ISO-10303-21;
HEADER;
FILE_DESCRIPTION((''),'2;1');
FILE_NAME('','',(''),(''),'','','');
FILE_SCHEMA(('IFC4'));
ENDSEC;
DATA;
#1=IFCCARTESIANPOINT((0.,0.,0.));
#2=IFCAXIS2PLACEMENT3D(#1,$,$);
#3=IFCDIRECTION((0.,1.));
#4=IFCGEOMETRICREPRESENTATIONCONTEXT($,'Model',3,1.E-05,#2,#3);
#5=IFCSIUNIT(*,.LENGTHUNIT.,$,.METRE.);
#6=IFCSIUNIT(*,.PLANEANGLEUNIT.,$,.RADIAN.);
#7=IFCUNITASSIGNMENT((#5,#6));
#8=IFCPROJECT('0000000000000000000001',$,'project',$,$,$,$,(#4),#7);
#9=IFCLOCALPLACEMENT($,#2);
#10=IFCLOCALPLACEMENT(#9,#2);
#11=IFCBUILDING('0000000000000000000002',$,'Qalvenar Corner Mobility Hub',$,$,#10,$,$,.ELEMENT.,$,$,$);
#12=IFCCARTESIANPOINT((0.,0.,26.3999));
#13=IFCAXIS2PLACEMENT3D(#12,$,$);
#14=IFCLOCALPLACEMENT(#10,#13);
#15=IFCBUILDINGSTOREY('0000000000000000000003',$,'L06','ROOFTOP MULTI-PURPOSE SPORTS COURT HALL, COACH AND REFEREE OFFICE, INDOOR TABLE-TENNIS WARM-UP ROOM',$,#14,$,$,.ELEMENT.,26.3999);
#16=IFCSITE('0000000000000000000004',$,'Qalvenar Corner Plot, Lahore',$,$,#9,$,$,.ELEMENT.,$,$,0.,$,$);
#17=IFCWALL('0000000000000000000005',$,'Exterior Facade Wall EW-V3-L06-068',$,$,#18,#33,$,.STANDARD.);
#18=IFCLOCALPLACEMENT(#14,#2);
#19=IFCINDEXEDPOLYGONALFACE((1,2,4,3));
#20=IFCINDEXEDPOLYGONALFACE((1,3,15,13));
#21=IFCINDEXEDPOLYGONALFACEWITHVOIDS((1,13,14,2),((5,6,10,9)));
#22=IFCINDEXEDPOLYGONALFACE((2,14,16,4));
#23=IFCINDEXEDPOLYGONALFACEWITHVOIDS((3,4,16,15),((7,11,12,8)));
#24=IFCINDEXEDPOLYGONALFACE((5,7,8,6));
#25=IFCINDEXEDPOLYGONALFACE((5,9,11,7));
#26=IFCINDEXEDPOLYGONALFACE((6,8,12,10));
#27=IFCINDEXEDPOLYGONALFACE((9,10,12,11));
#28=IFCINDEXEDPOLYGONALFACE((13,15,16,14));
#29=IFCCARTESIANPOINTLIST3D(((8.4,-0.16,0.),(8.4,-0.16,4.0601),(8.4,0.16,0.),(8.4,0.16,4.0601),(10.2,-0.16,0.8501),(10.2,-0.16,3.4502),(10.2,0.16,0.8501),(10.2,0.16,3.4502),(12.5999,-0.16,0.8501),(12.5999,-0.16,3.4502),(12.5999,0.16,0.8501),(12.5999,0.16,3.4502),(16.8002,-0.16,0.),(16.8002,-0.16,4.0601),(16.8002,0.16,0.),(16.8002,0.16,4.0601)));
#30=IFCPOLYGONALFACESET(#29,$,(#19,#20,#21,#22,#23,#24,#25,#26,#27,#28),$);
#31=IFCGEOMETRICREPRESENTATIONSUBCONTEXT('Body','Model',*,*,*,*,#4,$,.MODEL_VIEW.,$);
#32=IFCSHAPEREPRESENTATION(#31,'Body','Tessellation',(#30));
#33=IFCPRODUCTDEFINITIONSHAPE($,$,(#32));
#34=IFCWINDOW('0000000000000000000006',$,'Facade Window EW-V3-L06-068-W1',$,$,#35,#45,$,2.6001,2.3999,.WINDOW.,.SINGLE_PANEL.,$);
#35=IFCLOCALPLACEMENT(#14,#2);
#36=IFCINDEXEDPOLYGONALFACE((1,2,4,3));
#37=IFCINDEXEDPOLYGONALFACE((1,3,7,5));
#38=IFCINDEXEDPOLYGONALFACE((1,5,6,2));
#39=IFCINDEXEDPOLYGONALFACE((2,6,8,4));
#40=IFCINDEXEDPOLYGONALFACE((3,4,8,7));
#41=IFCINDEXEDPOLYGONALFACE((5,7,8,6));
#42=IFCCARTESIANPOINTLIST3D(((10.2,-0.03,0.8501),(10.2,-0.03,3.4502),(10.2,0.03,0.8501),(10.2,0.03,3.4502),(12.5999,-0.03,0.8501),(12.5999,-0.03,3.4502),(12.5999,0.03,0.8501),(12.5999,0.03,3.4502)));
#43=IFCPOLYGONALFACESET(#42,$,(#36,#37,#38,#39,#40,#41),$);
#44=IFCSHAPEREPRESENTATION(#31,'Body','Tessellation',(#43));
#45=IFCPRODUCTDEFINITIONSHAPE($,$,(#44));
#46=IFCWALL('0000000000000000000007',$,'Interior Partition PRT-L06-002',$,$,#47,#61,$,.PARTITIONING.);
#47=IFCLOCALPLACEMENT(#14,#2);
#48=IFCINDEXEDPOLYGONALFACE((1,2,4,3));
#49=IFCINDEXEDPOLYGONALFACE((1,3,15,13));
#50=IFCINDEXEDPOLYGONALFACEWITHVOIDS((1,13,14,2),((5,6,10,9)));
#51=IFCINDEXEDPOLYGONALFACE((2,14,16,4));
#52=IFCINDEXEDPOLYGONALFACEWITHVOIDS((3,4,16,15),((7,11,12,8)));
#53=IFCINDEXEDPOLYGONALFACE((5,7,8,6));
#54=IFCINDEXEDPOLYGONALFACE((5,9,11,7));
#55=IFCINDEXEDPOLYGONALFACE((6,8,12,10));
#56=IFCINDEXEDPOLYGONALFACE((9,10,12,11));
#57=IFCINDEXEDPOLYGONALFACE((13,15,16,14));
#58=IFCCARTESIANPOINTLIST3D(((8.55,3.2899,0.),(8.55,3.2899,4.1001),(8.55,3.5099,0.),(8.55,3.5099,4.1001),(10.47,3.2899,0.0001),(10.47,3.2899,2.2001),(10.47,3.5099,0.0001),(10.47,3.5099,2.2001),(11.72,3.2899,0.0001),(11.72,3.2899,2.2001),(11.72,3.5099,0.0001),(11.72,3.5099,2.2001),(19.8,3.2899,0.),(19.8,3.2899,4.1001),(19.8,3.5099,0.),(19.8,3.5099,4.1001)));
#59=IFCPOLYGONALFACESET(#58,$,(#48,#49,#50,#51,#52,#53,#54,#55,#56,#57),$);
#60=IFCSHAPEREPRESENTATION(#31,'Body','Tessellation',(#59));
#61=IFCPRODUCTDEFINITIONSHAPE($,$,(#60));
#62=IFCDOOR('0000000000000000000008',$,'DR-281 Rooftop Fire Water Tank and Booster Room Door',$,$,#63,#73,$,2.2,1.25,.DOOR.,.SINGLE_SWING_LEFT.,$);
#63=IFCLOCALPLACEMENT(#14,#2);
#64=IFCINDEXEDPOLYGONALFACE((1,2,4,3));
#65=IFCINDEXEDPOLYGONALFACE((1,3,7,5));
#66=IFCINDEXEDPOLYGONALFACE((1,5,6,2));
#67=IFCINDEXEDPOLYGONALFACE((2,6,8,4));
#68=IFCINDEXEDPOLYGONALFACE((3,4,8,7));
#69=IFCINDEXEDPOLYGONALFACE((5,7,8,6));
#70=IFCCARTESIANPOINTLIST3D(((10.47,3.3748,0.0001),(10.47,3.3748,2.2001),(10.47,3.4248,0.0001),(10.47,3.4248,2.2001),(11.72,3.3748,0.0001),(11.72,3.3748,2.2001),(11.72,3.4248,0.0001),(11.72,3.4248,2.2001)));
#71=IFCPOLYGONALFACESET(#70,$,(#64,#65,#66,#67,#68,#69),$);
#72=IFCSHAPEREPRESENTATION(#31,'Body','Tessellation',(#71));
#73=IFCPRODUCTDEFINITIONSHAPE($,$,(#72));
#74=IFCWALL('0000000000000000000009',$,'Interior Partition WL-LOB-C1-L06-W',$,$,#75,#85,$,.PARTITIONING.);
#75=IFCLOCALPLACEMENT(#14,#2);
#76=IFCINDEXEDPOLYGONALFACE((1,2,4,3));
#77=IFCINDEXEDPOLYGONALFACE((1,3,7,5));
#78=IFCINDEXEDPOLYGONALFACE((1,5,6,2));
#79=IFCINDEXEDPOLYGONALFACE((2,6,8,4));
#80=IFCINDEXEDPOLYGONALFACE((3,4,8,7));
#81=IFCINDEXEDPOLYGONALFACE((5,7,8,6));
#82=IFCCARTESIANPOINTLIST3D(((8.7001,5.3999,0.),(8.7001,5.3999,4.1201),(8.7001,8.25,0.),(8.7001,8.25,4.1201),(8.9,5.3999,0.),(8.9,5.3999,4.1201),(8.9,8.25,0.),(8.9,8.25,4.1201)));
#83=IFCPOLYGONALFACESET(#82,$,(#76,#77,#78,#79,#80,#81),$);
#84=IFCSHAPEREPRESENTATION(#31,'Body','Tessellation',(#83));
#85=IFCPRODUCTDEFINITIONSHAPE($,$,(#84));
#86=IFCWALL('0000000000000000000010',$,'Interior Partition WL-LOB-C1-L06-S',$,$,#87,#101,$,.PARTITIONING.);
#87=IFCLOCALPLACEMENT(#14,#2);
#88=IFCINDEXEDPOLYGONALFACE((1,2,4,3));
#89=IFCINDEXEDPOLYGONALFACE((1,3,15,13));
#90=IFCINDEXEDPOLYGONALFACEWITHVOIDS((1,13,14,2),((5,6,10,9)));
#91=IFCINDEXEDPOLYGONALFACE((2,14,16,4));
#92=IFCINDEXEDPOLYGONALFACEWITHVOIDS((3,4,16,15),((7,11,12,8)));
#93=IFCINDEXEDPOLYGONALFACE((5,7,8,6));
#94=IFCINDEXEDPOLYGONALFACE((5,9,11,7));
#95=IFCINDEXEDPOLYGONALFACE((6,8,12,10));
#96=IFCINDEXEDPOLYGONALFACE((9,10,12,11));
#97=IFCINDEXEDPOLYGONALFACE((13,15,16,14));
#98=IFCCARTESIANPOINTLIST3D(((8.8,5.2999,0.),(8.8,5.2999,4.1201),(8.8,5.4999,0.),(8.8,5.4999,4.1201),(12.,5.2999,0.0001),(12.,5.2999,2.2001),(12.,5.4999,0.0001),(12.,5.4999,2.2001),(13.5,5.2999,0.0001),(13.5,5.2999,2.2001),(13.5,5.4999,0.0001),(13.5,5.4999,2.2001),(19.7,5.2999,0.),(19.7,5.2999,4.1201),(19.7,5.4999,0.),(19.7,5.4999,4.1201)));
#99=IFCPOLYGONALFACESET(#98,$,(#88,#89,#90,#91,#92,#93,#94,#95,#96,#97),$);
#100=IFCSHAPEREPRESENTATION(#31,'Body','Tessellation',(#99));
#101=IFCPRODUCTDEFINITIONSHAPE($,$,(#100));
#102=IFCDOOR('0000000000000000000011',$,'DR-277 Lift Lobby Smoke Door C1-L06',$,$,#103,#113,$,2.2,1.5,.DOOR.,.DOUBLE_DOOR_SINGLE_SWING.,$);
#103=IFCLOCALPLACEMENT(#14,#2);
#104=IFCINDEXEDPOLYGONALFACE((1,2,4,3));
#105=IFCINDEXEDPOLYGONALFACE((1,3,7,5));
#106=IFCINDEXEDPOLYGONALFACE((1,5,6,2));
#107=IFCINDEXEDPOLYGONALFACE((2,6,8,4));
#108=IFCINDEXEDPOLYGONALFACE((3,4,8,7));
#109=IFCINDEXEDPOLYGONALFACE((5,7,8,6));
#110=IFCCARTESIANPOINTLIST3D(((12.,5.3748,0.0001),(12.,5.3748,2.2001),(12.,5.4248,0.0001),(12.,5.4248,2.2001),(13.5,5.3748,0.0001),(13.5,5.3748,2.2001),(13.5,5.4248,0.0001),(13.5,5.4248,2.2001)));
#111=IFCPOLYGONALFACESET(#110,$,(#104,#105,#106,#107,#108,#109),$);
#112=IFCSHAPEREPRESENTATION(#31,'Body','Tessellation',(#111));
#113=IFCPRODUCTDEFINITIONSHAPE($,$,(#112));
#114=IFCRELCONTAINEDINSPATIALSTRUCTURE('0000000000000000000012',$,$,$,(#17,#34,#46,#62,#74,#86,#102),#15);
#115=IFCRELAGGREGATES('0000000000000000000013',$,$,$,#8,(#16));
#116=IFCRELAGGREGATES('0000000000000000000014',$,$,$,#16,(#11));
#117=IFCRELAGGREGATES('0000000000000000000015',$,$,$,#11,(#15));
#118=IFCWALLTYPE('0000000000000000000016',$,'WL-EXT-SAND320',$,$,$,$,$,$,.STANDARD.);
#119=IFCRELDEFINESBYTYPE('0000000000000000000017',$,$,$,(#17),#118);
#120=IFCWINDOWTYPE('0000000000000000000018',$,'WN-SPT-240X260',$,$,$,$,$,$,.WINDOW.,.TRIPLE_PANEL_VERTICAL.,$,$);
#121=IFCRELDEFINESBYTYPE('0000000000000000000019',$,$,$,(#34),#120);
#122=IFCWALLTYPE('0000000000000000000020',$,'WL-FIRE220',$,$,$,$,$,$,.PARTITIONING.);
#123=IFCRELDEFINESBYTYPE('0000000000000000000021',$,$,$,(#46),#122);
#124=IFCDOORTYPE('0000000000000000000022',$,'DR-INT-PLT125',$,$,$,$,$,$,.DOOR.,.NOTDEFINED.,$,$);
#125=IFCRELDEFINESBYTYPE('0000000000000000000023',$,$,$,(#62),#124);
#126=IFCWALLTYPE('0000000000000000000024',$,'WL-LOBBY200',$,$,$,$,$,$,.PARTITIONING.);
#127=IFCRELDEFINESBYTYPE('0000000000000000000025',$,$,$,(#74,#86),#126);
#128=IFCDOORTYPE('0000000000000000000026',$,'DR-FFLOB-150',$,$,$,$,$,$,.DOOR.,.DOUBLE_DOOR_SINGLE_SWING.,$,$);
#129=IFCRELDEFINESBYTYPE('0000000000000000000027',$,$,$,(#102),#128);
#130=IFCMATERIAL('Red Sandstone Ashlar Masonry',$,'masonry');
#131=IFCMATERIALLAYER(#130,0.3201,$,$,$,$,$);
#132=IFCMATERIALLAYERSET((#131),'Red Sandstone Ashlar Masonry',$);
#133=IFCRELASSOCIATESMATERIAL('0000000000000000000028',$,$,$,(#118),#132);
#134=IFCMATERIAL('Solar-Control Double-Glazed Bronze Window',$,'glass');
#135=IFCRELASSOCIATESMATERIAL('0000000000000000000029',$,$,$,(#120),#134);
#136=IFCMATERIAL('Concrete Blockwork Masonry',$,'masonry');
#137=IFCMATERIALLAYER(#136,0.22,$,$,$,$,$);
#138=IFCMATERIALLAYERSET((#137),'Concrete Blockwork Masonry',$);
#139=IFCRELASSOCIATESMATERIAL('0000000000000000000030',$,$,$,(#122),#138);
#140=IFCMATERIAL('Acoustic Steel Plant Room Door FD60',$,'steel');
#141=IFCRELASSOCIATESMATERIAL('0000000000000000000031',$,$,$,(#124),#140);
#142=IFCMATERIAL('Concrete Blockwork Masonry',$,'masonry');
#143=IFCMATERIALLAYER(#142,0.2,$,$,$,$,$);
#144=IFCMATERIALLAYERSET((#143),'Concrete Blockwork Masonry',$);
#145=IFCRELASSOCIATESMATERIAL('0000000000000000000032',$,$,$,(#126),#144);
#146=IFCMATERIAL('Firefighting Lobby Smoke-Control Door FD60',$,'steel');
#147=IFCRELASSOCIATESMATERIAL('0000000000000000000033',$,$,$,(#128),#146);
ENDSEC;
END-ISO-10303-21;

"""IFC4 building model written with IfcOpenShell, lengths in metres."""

from ifc_helpers import new_model, si_unit, direction, frame, frame_2d, origin, place, context, subcontext, project, spatial, rectangle, extrude, material, layer, layer_set, type_object, element, fill, save


model = new_model("IFC4")

# Units and contexts
model_context = context("Model", 3, precision=1e-05, world=origin(), true_north=direction((0.0, 1.0)))
body_context = subcontext(model_context, "Body", "Model", "MODEL_VIEW")
ifc_project = project(units=[si_unit("LENGTHUNIT", "METRE"), si_unit("PLANEANGLEUNIT", "RADIAN")], contexts=[model_context])

# Site, building, storey
site_placement = place(None, origin())
site = spatial("IfcSite", under=ifc_project, at=site_placement, Name="Qalvenar Corner Plot, Lahore", CompositionType="ELEMENT", RefElevation=0.0)
building_placement = place(site_placement, origin())
building = spatial("IfcBuilding", under=site, at=building_placement, Name="Qalvenar Corner Mobility Hub", CompositionType="ELEMENT")
storey_placement = place(building_placement, frame((0.0, 0.0, 26.3999)))
storey = spatial("IfcBuildingStorey", under=building, at=storey_placement, Name="L06", Description="ROOFTOP MULTI-PURPOSE SPORTS COURT HALL, COACH AND REFEREE OFFICE, INDOOR TABLE-TENNIS WARM-UP ROOM", CompositionType="ELEMENT", Elevation=26.3999)

# Wall, opening, window
ifc_material_1 = material(Name="Red Sandstone Ashlar Masonry", Category="masonry")
ifc_layer_1 = layer(ifc_material_1, 0.3201)
ifc_layer_set_1 = layer_set([ifc_layer_1], Name="Red Sandstone Ashlar Masonry")
wall_type_1 = type_object("IfcWallType", Name="WL-EXT-SAND320", PredefinedType="STANDARD", material=ifc_layer_set_1)
wall_1_placement = place(storey_placement, frame((8.3999, 0.0, 0.0), z_axis=(0.0, 0.0, 1.0), x_axis=(1.0, 0.0, 0.0)))
wall_1 = element("IfcWall", 1, at=wall_1_placement, inside=storey, type_object=wall_type_1, Name="Exterior Facade Wall EW-V3-L06-068", PredefinedType="STANDARD", context=body_context, shape_type="SweptSolid", body=[
    extrude(rectangle(XDim=8.4001, YDim=0.3201, at=frame_2d((4.2002, 0.0))), origin(), (0.0, 0.0, 1.0), 4.0601),
])
opening_1_placement = place(wall_1_placement, frame((1.8, 0.0, 0.8501)))
opening_1 = element("IfcOpeningElement", 2, at=opening_1_placement, cuts=wall_1, PredefinedType="OPENING", context=body_context, shape_type="SweptSolid", body=[
    extrude(rectangle(XDim=2.3999, YDim=2.6001, at=frame_2d((1.2, 1.3))), frame((0.0, 0.1699, 0.0), z_axis=(0.0, -1.0, 0.0), x_axis=(1.0, 0.0, 0.0)), (0.0, 0.0, 1.0), 0.3401),
])
ifc_material_2 = material(Name="Solar-Control Double-Glazed Bronze Window", Category="glass")
window_type = type_object("IfcWindowType", Name="WN-SPT-240X260", PartitioningType="TRIPLE_PANEL_VERTICAL", PredefinedType="WINDOW", material=ifc_material_2)
window_placement = place(opening_1_placement, origin())
window = element("IfcWindow", 3, at=window_placement, inside=storey, type_object=window_type, Name="Facade Window EW-V3-L06-068-W1", OverallHeight=2.6001, OverallWidth=2.3999, PartitioningType="SINGLE_PANEL", PredefinedType="WINDOW", context=body_context, shape_type="SweptSolid", body=[
    extrude(rectangle(XDim=2.3999, YDim=2.6001, at=frame_2d((1.2, 1.3))), frame((0.0, 0.03, 0.0), z_axis=(0.0, -1.0, 0.0), x_axis=(1.0, 0.0, 0.0)), (0.0, 0.0, 1.0), 0.0601),
])
fill(opening_1, window)

# Wall, opening, door
ifc_material_3 = material(Name="Concrete Blockwork Masonry", Category="masonry")
ifc_layer_2 = layer(ifc_material_3, 0.22)
ifc_layer_set_2 = layer_set([ifc_layer_2], Name="Concrete Blockwork Masonry")
wall_type_2 = type_object("IfcWallType", Name="WL-FIRE220", PredefinedType="PARTITIONING", material=ifc_layer_set_2)
wall_2_placement = place(storey_placement, frame((8.55, 3.3999, 0.0), z_axis=(0.0, 0.0, 1.0), x_axis=(1.0, 0.0, 0.0)))
wall_2 = element("IfcWall", 4, at=wall_2_placement, inside=storey, type_object=wall_type_2, Name="Interior Partition PRT-L06-002", PredefinedType="PARTITIONING", context=body_context, shape_type="SweptSolid", body=[
    extrude(rectangle(XDim=11.25, YDim=0.22, at=frame_2d((5.625, 0.0))), origin(), (0.0, 0.0, 1.0), 4.1001),
])
opening_2_placement = place(wall_2_placement, frame((1.9199, 0.0, 0.0)))
opening_2 = element("IfcOpeningElement", 5, at=opening_2_placement, cuts=wall_2, PredefinedType="OPENING", context=body_context, shape_type="SweptSolid", body=[
    extrude(rectangle(XDim=1.25, YDim=2.2, at=frame_2d((0.625, 1.1001))), frame((0.0, 0.1201, 0.0), z_axis=(0.0, -1.0, 0.0), x_axis=(1.0, 0.0, 0.0)), (0.0, 0.0, 1.0), 0.24),
])
ifc_material_4 = material(Name="Acoustic Steel Plant Room Door FD60", Category="steel")
door_type_1 = type_object("IfcDoorType", Name="DR-INT-PLT125", OperationType="NOTDEFINED", PredefinedType="DOOR", material=ifc_material_4)
door_1_placement = place(opening_2_placement, origin())
door_1 = element("IfcDoor", 6, at=door_1_placement, inside=storey, type_object=door_type_1, Name="DR-281 Rooftop Fire Water Tank and Booster Room Door", OperationType="SINGLE_SWING_LEFT", OverallHeight=2.2, OverallWidth=1.25, PredefinedType="DOOR", context=body_context, shape_type="SweptSolid", body=[
    extrude(rectangle(XDim=1.25, YDim=2.2, at=frame_2d((0.625, 1.1001))), frame((0.0, 0.0249, 0.0), z_axis=(0.0, -1.0, 0.0), x_axis=(1.0, 0.0, 0.0)), (0.0, 0.0, 1.0), 0.05),
])
fill(opening_2, door_1)

# Wall
ifc_material_5 = material(Name="Concrete Blockwork Masonry", Category="masonry")
ifc_layer_3 = layer(ifc_material_5, 0.2)
ifc_layer_set_3 = layer_set([ifc_layer_3], Name="Concrete Blockwork Masonry")
wall_type_3 = type_object("IfcWallType", Name="WL-LOBBY200", PredefinedType="PARTITIONING", material=ifc_layer_set_3)
wall_3_placement = place(storey_placement, frame((8.8, 5.3999, 0.0), z_axis=(0.0, 0.0, 1.0), x_axis=(0.0, 1.0, 0.0)))
element("IfcWall", 7, at=wall_3_placement, inside=storey, type_object=wall_type_3, Name="Interior Partition WL-LOB-C1-L06-W", PredefinedType="PARTITIONING", context=body_context, shape_type="SweptSolid", body=[
    extrude(rectangle(XDim=2.8501, YDim=0.2, at=frame_2d((1.425, 0.0))), origin(), (0.0, 0.0, 1.0), 4.1201),
])

# Wall, opening, door
wall_4_placement = place(storey_placement, frame((8.8, 5.3999, 0.0), z_axis=(0.0, 0.0, 1.0), x_axis=(1.0, 0.0, 0.0)))
wall_4 = element("IfcWall", 8, at=wall_4_placement, inside=storey, type_object=wall_type_3, Name="Interior Partition WL-LOB-C1-L06-S", PredefinedType="PARTITIONING", context=body_context, shape_type="SweptSolid", body=[
    extrude(rectangle(XDim=10.8999, YDim=0.2, at=frame_2d((5.45, 0.0))), origin(), (0.0, 0.0, 1.0), 4.1201),
])
opening_3_placement = place(wall_4_placement, frame((3.2, 0.0, 0.0)))
opening_3 = element("IfcOpeningElement", 9, at=opening_3_placement, cuts=wall_4, PredefinedType="OPENING", context=body_context, shape_type="SweptSolid", body=[
    extrude(rectangle(XDim=1.5, YDim=2.2, at=frame_2d((0.75, 1.1001))), frame((0.0, 0.1099, 0.0), z_axis=(0.0, -1.0, 0.0), x_axis=(1.0, 0.0, 0.0)), (0.0, 0.0, 1.0), 0.22),
])
ifc_material_6 = material(Name="Firefighting Lobby Smoke-Control Door FD60", Category="steel")
door_type_2 = type_object("IfcDoorType", Name="DR-FFLOB-150", OperationType="DOUBLE_DOOR_SINGLE_SWING", PredefinedType="DOOR", material=ifc_material_6)
door_2_placement = place(opening_3_placement, origin())
door_2 = element("IfcDoor", 10, at=door_2_placement, inside=storey, type_object=door_type_2, Name="DR-277 Lift Lobby Smoke Door C1-L06", OperationType="DOUBLE_DOOR_SINGLE_SWING", OverallHeight=2.2, OverallWidth=1.5, PredefinedType="DOOR", context=body_context, shape_type="SweptSolid", body=[
    extrude(rectangle(XDim=1.5, YDim=2.2, at=frame_2d((0.75, 1.1001))), frame((0.0, 0.0249, 0.0), z_axis=(0.0, -1.0, 0.0), x_axis=(1.0, 0.0, 0.0)), (0.0, 0.0, 1.0), 0.05),
])
fill(opening_3, door_2)

save(model, "model.ifc")
